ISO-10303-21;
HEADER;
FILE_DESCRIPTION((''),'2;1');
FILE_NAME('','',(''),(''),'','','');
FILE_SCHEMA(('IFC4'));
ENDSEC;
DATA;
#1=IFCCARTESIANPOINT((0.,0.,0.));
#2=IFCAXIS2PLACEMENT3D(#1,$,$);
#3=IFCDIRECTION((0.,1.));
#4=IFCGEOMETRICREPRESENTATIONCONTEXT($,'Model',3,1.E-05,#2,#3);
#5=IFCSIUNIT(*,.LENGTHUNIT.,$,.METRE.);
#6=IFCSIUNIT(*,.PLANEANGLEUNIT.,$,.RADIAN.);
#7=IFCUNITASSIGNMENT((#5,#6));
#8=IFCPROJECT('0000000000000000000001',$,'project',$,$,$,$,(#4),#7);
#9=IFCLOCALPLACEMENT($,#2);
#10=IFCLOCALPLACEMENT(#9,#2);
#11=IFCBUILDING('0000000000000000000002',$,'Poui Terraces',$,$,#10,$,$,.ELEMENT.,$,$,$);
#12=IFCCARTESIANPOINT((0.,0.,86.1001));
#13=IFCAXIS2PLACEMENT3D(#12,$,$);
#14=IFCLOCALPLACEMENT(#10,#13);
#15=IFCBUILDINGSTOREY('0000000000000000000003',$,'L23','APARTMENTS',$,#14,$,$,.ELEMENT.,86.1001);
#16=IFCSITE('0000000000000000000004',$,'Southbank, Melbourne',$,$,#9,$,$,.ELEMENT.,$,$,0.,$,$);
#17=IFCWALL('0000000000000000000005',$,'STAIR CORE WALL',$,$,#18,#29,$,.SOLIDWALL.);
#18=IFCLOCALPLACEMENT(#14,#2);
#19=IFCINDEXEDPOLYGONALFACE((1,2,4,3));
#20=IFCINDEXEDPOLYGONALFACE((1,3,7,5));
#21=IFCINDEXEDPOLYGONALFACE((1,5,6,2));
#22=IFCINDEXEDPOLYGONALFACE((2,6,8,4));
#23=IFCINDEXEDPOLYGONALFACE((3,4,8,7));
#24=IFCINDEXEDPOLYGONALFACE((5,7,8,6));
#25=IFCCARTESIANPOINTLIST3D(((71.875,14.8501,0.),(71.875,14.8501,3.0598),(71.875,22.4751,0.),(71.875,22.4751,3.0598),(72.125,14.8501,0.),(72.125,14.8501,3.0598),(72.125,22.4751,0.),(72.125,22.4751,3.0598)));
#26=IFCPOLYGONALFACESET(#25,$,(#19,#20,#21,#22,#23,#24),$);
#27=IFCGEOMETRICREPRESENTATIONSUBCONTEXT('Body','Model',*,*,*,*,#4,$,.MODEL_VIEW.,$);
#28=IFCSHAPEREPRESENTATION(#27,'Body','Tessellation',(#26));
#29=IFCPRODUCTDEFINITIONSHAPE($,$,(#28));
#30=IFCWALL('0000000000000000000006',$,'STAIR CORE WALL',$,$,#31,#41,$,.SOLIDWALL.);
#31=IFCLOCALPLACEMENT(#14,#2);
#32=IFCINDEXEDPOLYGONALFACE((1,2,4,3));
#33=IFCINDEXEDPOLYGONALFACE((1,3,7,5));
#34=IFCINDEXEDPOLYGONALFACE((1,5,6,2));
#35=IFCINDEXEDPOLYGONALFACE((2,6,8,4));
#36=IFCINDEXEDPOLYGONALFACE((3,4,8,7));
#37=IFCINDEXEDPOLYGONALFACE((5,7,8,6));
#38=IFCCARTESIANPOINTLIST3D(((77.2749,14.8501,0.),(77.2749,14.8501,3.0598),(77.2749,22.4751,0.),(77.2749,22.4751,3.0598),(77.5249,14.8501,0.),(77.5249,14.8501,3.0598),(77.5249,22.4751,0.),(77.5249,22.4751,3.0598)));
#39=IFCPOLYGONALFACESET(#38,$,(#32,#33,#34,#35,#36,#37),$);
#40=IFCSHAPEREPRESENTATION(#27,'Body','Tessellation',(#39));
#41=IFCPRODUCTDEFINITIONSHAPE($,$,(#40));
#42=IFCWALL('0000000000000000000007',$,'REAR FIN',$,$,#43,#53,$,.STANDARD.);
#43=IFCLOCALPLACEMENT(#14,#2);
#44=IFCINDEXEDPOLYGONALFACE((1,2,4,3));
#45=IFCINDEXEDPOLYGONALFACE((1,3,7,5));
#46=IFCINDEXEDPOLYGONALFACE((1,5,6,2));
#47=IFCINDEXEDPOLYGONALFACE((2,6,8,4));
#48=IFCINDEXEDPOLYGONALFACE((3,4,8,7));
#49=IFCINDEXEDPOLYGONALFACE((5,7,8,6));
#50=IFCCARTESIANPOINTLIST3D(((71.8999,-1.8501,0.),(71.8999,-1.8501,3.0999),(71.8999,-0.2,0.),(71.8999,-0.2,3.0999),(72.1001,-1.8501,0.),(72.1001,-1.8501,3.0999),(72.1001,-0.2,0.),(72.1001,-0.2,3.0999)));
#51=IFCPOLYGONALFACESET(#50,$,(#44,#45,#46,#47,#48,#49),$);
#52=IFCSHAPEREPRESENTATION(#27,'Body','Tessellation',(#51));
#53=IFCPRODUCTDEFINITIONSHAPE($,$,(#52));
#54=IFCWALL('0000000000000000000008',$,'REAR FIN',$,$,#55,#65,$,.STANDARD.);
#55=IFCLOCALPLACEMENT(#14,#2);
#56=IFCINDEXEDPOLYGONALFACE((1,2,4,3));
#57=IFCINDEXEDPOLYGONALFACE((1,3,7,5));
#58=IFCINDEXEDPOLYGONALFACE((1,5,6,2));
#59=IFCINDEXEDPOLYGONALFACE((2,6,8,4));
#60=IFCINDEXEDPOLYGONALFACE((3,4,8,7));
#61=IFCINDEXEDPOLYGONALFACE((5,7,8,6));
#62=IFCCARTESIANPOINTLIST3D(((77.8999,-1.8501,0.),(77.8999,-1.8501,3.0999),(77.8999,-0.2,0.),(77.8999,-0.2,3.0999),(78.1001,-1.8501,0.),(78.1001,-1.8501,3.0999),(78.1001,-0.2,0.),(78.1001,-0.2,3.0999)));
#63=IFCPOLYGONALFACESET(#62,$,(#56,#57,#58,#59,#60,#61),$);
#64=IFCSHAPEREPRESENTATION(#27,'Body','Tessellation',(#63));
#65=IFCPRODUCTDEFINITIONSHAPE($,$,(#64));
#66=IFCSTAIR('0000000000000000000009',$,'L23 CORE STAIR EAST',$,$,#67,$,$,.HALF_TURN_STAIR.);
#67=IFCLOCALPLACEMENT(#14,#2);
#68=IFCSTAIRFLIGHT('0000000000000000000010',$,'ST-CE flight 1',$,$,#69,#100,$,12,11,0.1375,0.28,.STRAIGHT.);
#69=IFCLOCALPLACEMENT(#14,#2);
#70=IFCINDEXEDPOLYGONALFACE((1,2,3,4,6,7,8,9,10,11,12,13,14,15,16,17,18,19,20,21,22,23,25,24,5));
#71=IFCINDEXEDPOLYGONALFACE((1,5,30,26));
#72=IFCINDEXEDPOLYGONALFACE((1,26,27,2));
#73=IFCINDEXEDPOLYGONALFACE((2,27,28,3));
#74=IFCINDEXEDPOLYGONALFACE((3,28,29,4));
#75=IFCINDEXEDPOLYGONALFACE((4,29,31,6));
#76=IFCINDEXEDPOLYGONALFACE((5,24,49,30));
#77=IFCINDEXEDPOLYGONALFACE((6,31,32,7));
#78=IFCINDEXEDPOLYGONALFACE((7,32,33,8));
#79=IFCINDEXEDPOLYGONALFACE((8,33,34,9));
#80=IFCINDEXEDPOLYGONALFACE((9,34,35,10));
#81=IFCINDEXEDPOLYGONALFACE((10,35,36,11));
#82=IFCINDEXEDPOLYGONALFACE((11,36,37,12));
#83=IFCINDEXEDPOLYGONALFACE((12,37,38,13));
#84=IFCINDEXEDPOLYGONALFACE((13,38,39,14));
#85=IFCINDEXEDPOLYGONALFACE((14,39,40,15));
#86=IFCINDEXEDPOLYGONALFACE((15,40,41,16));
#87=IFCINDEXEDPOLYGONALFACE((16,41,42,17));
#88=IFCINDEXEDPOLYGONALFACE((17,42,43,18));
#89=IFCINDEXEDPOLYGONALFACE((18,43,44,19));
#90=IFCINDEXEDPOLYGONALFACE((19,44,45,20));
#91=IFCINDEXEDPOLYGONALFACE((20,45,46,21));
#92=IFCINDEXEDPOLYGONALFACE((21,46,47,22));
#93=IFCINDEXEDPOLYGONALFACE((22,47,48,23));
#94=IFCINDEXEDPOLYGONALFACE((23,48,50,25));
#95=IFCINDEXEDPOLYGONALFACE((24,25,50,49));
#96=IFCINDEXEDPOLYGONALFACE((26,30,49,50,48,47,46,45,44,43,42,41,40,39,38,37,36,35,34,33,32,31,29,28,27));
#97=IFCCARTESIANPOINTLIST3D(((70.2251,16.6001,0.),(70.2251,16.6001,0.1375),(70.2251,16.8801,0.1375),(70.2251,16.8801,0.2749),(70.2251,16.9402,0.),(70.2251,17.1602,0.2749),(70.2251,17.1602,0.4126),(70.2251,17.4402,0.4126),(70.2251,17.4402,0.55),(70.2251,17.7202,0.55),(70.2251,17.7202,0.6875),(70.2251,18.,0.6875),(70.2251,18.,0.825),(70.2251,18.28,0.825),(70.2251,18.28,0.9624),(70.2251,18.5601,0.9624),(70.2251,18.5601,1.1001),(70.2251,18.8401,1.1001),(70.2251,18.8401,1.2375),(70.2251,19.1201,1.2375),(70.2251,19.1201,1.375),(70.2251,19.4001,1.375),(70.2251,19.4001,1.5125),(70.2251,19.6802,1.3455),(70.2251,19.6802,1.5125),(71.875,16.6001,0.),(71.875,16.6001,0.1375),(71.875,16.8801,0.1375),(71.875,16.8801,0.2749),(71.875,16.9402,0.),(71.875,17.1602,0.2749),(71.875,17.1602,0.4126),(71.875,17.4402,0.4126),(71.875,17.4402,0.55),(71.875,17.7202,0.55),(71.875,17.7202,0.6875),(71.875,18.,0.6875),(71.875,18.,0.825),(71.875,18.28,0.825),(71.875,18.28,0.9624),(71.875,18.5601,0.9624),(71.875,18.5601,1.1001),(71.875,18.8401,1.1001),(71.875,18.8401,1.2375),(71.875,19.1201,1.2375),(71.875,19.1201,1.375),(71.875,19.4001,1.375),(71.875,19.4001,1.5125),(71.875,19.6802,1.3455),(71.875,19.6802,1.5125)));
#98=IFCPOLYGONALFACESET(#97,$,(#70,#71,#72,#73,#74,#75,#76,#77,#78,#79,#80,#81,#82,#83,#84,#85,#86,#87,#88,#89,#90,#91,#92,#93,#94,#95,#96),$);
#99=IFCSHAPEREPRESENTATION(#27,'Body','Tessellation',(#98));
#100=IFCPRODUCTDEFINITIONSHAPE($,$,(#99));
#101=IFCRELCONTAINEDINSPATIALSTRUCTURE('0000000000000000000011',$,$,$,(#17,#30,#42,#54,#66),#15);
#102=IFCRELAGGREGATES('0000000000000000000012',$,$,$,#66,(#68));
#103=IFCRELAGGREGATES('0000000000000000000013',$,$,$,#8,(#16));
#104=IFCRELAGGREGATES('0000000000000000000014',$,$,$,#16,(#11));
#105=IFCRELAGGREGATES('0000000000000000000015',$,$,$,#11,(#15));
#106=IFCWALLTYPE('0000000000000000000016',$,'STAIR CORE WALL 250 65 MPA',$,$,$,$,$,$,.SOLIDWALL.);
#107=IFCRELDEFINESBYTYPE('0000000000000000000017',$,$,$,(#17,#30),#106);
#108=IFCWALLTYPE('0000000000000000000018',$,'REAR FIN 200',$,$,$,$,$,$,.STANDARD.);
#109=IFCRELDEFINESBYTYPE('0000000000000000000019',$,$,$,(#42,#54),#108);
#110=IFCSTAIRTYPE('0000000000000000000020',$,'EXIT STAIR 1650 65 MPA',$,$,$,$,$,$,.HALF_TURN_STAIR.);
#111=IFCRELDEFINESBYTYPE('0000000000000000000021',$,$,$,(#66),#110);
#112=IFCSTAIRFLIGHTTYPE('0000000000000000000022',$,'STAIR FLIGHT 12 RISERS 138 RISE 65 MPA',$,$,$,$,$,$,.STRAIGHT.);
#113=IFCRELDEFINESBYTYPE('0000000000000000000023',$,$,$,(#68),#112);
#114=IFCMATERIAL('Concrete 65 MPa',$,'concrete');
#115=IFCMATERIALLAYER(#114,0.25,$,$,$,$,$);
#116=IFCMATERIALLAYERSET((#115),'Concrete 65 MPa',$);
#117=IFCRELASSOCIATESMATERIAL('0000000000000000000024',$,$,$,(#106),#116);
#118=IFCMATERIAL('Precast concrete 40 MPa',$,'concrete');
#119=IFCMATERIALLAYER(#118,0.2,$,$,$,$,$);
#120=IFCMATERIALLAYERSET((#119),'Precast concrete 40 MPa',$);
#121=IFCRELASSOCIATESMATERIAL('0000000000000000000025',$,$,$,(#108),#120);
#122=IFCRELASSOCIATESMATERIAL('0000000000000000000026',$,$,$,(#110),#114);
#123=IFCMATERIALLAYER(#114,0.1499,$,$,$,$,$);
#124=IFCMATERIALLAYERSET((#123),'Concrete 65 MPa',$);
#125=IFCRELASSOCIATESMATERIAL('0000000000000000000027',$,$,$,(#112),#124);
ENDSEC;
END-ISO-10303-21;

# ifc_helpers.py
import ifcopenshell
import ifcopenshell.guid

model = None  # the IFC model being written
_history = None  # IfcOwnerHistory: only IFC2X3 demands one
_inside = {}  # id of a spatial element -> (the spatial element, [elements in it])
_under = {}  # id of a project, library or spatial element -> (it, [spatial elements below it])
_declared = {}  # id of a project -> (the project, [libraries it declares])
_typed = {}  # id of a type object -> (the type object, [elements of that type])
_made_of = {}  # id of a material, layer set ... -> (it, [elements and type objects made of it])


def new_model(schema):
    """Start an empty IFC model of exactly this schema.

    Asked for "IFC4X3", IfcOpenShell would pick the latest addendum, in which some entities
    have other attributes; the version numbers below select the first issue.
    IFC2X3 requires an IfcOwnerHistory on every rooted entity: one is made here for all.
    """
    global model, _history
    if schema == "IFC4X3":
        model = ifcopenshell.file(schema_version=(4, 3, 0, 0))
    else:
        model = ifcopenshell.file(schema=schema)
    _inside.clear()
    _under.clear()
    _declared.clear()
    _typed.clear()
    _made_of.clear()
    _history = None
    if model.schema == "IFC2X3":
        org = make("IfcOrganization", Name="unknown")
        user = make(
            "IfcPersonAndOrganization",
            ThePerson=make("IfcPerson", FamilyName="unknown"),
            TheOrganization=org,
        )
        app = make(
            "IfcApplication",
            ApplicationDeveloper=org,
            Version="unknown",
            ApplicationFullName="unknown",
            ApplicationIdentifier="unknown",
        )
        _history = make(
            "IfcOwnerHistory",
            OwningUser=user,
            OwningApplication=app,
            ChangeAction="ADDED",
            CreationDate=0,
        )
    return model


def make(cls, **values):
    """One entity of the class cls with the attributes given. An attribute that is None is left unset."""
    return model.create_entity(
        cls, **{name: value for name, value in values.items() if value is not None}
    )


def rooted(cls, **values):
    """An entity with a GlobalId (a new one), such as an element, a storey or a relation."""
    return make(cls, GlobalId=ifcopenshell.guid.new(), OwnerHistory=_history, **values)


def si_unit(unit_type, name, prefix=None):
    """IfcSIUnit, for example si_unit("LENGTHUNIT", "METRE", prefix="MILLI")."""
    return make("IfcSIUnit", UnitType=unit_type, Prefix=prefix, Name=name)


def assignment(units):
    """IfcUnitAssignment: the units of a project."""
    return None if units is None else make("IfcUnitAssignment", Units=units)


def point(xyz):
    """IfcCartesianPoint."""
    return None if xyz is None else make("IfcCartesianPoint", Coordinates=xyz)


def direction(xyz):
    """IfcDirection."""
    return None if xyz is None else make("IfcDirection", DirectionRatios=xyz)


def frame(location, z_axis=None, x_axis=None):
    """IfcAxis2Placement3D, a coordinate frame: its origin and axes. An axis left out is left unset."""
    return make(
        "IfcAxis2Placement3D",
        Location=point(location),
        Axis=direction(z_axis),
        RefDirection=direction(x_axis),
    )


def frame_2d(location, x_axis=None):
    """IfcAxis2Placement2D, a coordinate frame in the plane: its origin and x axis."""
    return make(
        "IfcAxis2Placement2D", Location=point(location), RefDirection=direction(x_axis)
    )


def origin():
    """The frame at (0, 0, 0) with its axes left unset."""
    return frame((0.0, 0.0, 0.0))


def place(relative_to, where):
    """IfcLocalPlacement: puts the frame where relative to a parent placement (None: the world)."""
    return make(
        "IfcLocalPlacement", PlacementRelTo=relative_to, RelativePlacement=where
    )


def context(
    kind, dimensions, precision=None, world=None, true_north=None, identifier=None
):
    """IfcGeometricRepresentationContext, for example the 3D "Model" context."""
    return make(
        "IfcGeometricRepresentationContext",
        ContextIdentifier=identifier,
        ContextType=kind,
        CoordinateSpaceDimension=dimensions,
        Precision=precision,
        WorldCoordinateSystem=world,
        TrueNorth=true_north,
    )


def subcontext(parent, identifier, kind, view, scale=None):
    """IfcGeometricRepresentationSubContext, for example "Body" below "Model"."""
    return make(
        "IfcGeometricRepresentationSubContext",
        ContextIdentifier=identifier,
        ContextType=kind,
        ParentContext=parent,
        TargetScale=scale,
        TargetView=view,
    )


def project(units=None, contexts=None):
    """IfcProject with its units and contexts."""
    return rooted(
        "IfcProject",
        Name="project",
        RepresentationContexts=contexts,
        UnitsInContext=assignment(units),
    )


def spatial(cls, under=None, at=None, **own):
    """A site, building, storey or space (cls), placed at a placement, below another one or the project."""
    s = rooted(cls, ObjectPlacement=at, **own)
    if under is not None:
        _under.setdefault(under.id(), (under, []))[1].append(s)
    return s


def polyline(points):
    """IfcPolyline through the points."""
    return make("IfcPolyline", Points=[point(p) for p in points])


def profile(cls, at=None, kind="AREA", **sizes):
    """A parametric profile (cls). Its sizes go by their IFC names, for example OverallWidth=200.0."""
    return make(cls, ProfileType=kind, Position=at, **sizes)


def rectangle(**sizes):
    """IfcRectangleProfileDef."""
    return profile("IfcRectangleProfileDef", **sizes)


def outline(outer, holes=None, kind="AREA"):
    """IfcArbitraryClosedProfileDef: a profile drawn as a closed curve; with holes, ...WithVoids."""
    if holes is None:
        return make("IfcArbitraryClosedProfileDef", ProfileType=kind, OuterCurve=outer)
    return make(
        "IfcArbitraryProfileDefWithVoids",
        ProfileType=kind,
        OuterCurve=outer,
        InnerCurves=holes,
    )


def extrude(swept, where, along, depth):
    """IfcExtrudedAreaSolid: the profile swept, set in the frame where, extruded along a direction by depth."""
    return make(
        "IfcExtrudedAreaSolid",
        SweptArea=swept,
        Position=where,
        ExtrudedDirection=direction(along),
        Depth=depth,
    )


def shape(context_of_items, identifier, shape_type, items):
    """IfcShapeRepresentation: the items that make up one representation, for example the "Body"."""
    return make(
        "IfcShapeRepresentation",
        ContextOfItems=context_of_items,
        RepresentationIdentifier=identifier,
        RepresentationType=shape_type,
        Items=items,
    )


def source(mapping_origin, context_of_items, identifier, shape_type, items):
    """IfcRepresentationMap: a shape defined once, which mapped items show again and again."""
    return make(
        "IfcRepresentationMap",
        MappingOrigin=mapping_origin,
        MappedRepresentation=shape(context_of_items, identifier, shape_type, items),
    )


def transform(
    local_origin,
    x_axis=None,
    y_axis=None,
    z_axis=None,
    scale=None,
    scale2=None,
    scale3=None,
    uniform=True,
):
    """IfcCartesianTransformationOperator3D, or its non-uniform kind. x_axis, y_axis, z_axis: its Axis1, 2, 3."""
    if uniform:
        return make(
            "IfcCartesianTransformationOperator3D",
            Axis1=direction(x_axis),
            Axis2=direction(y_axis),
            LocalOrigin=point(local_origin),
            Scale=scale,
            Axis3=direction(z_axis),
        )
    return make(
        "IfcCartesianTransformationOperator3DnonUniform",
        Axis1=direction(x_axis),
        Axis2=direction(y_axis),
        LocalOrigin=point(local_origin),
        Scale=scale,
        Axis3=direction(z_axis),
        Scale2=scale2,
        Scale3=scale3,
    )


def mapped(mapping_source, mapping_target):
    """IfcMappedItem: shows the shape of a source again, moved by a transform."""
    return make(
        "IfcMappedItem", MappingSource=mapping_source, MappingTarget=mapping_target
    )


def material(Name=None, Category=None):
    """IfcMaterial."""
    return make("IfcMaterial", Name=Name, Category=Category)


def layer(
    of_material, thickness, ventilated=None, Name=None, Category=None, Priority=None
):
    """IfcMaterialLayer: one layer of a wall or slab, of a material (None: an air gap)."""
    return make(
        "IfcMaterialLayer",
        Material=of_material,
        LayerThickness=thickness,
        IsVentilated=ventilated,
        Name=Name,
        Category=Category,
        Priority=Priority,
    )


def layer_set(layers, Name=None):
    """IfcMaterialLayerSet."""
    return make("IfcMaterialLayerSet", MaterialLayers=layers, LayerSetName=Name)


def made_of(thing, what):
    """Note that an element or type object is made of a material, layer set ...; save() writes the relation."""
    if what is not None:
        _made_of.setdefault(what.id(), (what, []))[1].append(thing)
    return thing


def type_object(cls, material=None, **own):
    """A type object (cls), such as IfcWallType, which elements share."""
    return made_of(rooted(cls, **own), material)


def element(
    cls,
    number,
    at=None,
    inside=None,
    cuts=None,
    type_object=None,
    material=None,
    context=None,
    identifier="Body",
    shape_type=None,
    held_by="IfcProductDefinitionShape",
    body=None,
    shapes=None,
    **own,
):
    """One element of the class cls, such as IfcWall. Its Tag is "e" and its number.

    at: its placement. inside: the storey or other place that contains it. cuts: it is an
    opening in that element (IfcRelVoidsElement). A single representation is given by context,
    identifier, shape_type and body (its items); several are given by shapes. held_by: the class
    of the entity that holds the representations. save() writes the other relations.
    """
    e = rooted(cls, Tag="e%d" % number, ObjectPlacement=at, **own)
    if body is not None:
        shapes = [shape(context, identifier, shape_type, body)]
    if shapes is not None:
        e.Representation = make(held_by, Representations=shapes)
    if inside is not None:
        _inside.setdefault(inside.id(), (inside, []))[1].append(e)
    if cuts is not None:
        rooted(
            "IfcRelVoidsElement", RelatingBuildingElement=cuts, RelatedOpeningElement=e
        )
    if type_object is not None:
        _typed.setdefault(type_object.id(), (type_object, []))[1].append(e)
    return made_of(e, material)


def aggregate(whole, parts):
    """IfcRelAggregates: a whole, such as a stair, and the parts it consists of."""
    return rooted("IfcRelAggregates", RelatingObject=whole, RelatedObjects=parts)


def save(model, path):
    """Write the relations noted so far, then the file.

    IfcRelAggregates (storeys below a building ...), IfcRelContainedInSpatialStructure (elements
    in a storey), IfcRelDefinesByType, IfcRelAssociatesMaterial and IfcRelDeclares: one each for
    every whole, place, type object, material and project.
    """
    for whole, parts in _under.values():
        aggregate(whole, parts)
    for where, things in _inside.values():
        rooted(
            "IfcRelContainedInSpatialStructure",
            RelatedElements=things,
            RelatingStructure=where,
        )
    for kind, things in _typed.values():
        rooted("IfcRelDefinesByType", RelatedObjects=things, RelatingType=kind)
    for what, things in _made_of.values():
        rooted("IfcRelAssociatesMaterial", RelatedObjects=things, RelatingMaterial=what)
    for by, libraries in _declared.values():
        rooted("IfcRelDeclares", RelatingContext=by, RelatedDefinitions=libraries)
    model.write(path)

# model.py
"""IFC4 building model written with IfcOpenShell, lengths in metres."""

from ifc_helpers import new_model, si_unit, direction, frame, frame_2d, origin, place, context, subcontext, project, spatial, polyline, rectangle, outline, extrude, source, transform, mapped, material, layer, layer_set, type_object, element, aggregate, save


model = new_model("IFC4")

# Units and contexts
model_context = context("Model", 3, precision=1e-05, world=origin(), true_north=direction((0.0, 1.0)))
body_context = subcontext(model_context, "Body", "Model", "MODEL_VIEW")
ifc_project = project(units=[si_unit("LENGTHUNIT", "METRE"), si_unit("PLANEANGLEUNIT", "RADIAN")], contexts=[model_context])

# Site, building, storey
site_placement = place(None, origin())
site = spatial("IfcSite", under=ifc_project, at=site_placement, Name="Southbank, Melbourne", CompositionType="ELEMENT", RefElevation=0.0)
building_placement = place(site_placement, origin())
building = spatial("IfcBuilding", under=site, at=building_placement, Name="Poui Terraces", CompositionType="ELEMENT")
storey_placement = place(building_placement, frame((0.0, 0.0, 86.1001)))
storey = spatial("IfcBuildingStorey", under=building, at=storey_placement, Name="L23", Description="APARTMENTS", CompositionType="ELEMENT", Elevation=86.1001)

# Shared definitions
ifc_material_1 = material(Name="Concrete 65 MPa", Category="concrete")

# Shared definitions
ifc_material_2 = material(Name="Precast concrete 40 MPa", Category="concrete")

# Walls
ifc_layer_1 = layer(ifc_material_1, 0.25)
ifc_layer_set_1 = layer_set([ifc_layer_1], Name="Concrete 65 MPa")
wall_type_1 = type_object("IfcWallType", Name="STAIR CORE WALL 250 65 MPA", PredefinedType="SOLIDWALL", material=ifc_layer_set_1)
for number, where, z_axis, x_axis, name in (
    (1, (72.0, 14.8501, 0.0), (0.0, 0.0, 1.0), (0.0, 1.0, 0.0), "STAIR CORE WALL"),
    (2, (77.3999, 14.8501, 0.0), (0.0, 0.0, 1.0), (0.0, 1.0, 0.0), "STAIR CORE WALL"),
):
    element("IfcWall", number, at=place(storey_placement, frame(where, z_axis=z_axis, x_axis=x_axis)), inside=storey, type_object=wall_type_1, Name=name, PredefinedType="SOLIDWALL", context=body_context, shape_type="SweptSolid", body=[
        extrude(rectangle(XDim=7.625, YDim=0.25, at=frame_2d((3.8125, 0.0))), origin(), (0.0, 0.0, 1.0), 3.0598),
    ])
ifc_layer_2 = layer(ifc_material_2, 0.2)
ifc_layer_set_2 = layer_set([ifc_layer_2], Name="Precast concrete 40 MPa")
wall_type_2 = type_object("IfcWallType", Name="REAR FIN 200", PredefinedType="STANDARD", material=ifc_layer_set_2)
shared_shape_1 = source(origin(), body_context, "Body", "SweptSolid", [
    extrude(outline(polyline([(0.0, 0.0), (0.2002, 0.0), (0.2002, 1.6501), (0.0, 1.6501), (0.0, 0.0)])), origin(), (0.0, 0.0, 1.0), 3.0999),
])
for number, where, name in (
    (3, (71.8999, -1.8501, 0.0), "REAR FIN"),
    (4, (77.8999, -1.8501, 0.0), "REAR FIN"),
):
    element("IfcWall", number, at=place(storey_placement, frame(where)), inside=storey, type_object=wall_type_2, Name=name, PredefinedType="STANDARD", context=body_context, shape_type="MappedRepresentation", body=[
        mapped(shared_shape_1, transform((0.0, 0.0, 0.0))),
    ])

# Stair, stair flight
stair_type = type_object("IfcStairType", Name="EXIT STAIR 1650 65 MPA", PredefinedType="HALF_TURN_STAIR", material=ifc_material_1)
stair_placement = place(storey_placement, origin())
stair = element("IfcStair", 5, at=stair_placement, inside=storey, type_object=stair_type, Name="L23 CORE STAIR EAST", PredefinedType="HALF_TURN_STAIR")
ifc_layer_3 = layer(ifc_material_1, 0.1499)
ifc_layer_set_3 = layer_set([ifc_layer_3], Name="Concrete 65 MPa")
stair_flight_type = type_object("IfcStairFlightType", Name="STAIR FLIGHT 12 RISERS 138 RISE 65 MPA", PredefinedType="STRAIGHT", material=ifc_layer_set_3)
stair_flight_placement = place(storey_placement, frame((71.05, 16.6001, 0.0), z_axis=(0.0, 0.0, 1.0), x_axis=(0.0, 1.0, 0.0)))
stair_flight = element("IfcStairFlight", 6, at=stair_flight_placement, type_object=stair_flight_type, Name="ST-CE flight 1", NumberOfRisers=12, NumberOfTreads=11, PredefinedType="STRAIGHT", RiserHeight=0.1375, TreadLength=0.28, context=body_context, shape_type="SweptSolid", body=[
    extrude(outline(polyline([(0.0, 0.0), (0.0, 0.1375), (0.28, 0.1375), (0.28, 0.2749), (0.5601, 0.2749), (0.5601, 0.4126), (0.8401, 0.4126), (0.8401, 0.55), (1.1201, 0.55), (1.1201, 0.6875), (1.3999, 0.6875), (1.3999, 0.825), (1.6799, 0.825), (1.6799, 0.9624), (1.96, 0.9624), (1.96, 1.1001), (2.24, 1.1001), (2.24, 1.2375), (2.52, 1.2375), (2.52, 1.375), (2.8, 1.375), (2.8, 1.5125), (3.0801, 1.5125), (3.0801, 1.6499), (3.0801, 1.3455), (0.3401, 0.0), (0.0, 0.0)])), frame((0.0, 0.825, 0.0), z_axis=(0.0, -1.0, 0.0), x_axis=(1.0, 0.0, 0.0)), (0.0, 0.0, 1.0), 1.6499),
])
aggregate(stair, [stair_flight])

save(model, "model.ifc")
